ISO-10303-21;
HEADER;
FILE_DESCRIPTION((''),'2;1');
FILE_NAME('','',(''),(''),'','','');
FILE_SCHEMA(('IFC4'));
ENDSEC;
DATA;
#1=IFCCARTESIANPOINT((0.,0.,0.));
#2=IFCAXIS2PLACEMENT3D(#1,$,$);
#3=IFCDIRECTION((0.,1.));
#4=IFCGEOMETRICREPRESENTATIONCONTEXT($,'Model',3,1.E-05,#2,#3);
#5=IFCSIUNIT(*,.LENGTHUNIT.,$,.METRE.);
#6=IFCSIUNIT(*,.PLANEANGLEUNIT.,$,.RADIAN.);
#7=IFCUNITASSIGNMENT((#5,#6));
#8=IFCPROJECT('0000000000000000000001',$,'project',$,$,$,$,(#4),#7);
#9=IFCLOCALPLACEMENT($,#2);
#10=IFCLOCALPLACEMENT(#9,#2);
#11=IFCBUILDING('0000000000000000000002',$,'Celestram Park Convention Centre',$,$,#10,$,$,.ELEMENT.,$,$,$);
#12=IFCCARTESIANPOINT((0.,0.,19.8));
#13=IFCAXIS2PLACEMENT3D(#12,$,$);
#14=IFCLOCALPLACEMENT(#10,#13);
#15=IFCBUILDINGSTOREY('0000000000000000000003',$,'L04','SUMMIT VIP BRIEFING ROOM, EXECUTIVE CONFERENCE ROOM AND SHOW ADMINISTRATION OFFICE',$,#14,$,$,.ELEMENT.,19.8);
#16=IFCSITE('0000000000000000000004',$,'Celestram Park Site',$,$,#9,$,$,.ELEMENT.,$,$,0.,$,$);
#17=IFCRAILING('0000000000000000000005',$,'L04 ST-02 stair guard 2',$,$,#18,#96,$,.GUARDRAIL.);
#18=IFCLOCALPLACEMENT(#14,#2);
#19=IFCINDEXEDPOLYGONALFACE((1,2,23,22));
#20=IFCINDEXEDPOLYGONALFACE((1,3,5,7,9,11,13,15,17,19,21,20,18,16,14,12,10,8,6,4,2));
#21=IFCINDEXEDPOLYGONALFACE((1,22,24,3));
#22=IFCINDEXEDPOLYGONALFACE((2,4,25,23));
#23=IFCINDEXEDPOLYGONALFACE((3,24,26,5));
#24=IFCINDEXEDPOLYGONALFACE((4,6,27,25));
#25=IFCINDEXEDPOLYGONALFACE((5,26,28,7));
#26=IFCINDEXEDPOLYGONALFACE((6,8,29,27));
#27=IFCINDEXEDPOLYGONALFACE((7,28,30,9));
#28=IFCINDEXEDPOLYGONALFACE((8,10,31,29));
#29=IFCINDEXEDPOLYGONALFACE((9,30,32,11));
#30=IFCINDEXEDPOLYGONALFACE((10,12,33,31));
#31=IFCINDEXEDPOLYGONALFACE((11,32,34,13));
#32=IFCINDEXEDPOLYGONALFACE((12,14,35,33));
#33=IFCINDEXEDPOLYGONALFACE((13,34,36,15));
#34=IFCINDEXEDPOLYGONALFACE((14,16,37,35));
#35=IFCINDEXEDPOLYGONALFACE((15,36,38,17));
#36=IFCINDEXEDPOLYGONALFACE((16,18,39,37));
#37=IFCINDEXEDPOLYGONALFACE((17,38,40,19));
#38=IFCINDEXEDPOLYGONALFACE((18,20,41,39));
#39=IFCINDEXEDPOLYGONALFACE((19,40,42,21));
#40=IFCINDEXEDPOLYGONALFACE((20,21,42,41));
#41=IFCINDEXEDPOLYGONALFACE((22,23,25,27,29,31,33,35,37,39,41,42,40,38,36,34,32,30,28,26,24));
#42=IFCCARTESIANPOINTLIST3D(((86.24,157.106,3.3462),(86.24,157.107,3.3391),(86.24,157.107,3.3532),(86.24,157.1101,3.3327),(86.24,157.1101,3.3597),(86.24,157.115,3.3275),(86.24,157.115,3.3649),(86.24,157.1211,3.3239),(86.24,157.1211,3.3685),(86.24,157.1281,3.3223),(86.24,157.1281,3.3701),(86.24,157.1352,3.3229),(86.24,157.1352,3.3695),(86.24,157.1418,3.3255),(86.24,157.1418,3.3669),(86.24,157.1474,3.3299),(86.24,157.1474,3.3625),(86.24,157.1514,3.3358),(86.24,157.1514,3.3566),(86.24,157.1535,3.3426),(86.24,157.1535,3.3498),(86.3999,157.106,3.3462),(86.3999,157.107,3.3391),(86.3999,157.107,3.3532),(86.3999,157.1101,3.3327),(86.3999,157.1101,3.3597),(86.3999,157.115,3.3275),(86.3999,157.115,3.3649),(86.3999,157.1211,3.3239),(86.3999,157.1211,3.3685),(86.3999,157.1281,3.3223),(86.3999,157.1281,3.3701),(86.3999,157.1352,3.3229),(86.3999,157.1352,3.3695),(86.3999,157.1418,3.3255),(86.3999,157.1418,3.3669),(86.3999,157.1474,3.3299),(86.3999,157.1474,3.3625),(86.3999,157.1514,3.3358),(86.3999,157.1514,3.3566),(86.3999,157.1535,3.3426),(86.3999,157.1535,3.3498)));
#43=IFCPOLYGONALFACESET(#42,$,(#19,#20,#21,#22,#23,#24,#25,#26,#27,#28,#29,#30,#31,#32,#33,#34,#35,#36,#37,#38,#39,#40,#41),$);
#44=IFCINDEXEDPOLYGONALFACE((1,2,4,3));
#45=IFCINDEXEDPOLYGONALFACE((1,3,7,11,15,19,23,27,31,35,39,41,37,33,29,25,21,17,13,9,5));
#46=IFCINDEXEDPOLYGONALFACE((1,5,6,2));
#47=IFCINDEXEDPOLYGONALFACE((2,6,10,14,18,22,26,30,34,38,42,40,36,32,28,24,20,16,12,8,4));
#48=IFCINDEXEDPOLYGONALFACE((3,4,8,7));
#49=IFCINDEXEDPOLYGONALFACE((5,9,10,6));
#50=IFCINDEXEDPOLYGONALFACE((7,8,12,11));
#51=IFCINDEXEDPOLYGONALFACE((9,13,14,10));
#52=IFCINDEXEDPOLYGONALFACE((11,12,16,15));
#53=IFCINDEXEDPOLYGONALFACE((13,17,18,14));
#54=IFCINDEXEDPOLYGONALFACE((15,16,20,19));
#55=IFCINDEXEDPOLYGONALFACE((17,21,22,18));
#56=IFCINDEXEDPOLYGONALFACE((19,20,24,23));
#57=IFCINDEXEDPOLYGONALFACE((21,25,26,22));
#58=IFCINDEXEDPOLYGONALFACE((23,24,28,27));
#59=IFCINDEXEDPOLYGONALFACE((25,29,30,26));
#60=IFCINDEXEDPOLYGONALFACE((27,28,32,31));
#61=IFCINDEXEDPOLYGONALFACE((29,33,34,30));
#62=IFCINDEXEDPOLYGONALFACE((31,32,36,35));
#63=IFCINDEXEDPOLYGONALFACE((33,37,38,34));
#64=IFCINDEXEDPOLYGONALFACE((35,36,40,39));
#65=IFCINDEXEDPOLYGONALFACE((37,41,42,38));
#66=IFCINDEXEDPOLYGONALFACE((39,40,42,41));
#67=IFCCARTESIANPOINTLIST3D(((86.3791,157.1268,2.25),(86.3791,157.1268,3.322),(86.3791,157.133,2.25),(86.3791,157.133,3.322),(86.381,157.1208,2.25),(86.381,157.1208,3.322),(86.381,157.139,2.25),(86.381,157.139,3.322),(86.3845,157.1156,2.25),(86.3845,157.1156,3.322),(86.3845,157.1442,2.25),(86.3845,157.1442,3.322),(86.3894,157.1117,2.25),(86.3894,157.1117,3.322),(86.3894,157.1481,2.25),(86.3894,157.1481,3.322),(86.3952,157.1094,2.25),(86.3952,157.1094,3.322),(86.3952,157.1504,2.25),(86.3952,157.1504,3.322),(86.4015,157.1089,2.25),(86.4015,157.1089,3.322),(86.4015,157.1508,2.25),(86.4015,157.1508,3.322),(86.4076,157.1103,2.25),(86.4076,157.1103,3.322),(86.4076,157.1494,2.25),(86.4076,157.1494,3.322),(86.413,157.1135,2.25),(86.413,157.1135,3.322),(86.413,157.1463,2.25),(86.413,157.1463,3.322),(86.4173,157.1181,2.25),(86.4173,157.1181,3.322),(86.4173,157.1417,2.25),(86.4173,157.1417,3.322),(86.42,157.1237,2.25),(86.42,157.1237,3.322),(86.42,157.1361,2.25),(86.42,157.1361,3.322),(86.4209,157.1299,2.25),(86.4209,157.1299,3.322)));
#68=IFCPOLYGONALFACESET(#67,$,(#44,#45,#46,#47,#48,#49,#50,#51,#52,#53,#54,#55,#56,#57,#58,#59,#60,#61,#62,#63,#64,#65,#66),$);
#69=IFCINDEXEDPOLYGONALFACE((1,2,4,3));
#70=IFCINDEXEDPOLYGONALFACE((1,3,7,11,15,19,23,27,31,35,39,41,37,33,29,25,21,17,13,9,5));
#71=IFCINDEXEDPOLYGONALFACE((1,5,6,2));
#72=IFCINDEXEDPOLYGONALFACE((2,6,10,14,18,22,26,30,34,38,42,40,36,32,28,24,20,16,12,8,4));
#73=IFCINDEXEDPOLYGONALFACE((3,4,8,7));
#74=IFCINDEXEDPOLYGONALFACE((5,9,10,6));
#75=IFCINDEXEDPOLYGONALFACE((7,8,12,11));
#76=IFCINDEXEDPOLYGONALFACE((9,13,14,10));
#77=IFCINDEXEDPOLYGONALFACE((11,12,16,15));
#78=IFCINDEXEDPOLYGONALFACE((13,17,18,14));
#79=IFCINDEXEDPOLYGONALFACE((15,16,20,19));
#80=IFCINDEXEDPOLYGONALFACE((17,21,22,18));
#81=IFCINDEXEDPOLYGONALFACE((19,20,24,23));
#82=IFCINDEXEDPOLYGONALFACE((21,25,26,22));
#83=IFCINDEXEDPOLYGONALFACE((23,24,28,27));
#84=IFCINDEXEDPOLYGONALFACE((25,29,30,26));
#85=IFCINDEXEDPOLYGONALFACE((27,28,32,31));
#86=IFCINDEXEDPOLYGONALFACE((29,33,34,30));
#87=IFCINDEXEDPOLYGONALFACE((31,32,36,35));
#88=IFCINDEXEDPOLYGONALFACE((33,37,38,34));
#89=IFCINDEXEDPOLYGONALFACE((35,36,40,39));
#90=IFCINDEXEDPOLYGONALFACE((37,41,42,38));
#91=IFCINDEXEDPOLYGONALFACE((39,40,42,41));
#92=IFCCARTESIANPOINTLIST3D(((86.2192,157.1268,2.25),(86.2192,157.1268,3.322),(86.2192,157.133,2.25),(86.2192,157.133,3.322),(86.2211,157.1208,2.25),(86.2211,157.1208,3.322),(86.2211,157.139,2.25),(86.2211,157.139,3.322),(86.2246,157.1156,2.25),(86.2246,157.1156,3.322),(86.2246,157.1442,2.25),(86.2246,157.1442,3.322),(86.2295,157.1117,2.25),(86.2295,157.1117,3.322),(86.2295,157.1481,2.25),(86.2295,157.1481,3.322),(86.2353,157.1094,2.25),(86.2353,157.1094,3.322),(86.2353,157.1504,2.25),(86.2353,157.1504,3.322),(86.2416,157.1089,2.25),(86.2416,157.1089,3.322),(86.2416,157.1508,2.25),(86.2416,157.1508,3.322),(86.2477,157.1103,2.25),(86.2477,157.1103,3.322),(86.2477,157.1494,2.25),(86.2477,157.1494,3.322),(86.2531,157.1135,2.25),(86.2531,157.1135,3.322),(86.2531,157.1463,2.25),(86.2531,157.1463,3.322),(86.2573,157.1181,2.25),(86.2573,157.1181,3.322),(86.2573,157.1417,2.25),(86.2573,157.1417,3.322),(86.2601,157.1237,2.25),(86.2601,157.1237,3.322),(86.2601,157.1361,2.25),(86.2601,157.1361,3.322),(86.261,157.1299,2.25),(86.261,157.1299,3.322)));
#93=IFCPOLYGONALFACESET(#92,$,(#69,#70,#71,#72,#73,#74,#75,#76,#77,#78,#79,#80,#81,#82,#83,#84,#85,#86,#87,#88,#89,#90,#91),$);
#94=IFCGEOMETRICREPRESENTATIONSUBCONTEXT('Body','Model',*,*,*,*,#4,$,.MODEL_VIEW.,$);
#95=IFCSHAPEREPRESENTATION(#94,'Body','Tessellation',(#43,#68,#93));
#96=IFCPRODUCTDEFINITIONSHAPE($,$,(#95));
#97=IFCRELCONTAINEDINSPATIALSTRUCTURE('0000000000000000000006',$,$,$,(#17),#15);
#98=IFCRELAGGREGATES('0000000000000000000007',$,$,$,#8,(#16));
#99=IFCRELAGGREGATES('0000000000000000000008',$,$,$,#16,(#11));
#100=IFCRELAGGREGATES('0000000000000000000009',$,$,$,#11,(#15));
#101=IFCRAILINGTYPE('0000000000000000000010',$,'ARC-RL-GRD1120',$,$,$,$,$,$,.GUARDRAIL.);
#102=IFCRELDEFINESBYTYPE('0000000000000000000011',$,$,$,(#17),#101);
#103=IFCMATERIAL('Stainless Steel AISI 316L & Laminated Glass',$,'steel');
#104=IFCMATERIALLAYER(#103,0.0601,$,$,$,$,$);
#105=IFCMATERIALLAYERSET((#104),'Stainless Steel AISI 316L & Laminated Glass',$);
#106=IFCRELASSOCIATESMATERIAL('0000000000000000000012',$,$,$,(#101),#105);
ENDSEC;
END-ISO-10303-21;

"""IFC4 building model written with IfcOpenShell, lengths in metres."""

from ifc_helpers import new_model, si_unit, direction, frame, origin, origin_2d, place, context, subcontext, project, spatial, circle, extrude, material, layer, layer_set, type_object, element, save


model = new_model("IFC4")

# Units and contexts
model_context = context("Model", 3, precision=1e-05, world=origin(), true_north=direction((0.0, 1.0)))
body_context = subcontext(model_context, "Body", "Model", "MODEL_VIEW")
ifc_project = project(units=[si_unit("LENGTHUNIT", "METRE"), si_unit("PLANEANGLEUNIT", "RADIAN")], contexts=[model_context])

# Site, building, storey
site_placement = place(None, origin())
site = spatial("IfcSite", under=ifc_project, at=site_placement, Name="Celestram Park Site", CompositionType="ELEMENT", RefElevation=0.0)
building_placement = place(site_placement, origin())
building = spatial("IfcBuilding", under=site, at=building_placement, Name="Celestram Park Convention Centre", CompositionType="ELEMENT")
storey_placement = place(building_placement, frame((0.0, 0.0, 19.8)))
storey = spatial("IfcBuildingStorey", under=building, at=storey_placement, Name="L04", Description="SUMMIT VIP BRIEFING ROOM, EXECUTIVE CONFERENCE ROOM AND SHOW ADMINISTRATION OFFICE", CompositionType="ELEMENT", Elevation=19.8)

# Railing
ifc_material_1 = material(Name="Stainless Steel AISI 316L & Laminated Glass", Category="steel")
ifc_layer_1 = layer(ifc_material_1, 0.0601)
ifc_layer_set_1 = layer_set([ifc_layer_1], Name="Stainless Steel AISI 316L & Laminated Glass")
railing_type_1 = type_object("IfcRailingType", Name="ARC-RL-GRD1120", PredefinedType="GUARDRAIL", material=ifc_layer_set_1)
railing_1_placement = place(storey_placement, frame((86.3999, 157.1299, 2.25)))
element("IfcRailing", 1, at=railing_1_placement, inside=storey, type_object=railing_type_1, Name="L04 ST-02 stair guard 2", PredefinedType="GUARDRAIL", context=body_context, shape_type="SweptSolid", body=[
    extrude(circle(Radius=0.0239, at=origin_2d()), frame((0.0, 0.0, 1.0962), z_axis=(-1.0, 0.0, 0.0), x_axis=(0.0, -1.0, 0.0)), (0.0, 0.0, 1.0), 0.1599),
    extrude(circle(Radius=0.021, at=origin_2d()), origin(), (0.0, 0.0, 1.0), 1.072),
    extrude(circle(Radius=0.021, at=origin_2d()), frame((-0.1599, 0.0, 0.0)), (0.0, 0.0, 1.0), 1.072),
])

save(model, "model.ifc")
